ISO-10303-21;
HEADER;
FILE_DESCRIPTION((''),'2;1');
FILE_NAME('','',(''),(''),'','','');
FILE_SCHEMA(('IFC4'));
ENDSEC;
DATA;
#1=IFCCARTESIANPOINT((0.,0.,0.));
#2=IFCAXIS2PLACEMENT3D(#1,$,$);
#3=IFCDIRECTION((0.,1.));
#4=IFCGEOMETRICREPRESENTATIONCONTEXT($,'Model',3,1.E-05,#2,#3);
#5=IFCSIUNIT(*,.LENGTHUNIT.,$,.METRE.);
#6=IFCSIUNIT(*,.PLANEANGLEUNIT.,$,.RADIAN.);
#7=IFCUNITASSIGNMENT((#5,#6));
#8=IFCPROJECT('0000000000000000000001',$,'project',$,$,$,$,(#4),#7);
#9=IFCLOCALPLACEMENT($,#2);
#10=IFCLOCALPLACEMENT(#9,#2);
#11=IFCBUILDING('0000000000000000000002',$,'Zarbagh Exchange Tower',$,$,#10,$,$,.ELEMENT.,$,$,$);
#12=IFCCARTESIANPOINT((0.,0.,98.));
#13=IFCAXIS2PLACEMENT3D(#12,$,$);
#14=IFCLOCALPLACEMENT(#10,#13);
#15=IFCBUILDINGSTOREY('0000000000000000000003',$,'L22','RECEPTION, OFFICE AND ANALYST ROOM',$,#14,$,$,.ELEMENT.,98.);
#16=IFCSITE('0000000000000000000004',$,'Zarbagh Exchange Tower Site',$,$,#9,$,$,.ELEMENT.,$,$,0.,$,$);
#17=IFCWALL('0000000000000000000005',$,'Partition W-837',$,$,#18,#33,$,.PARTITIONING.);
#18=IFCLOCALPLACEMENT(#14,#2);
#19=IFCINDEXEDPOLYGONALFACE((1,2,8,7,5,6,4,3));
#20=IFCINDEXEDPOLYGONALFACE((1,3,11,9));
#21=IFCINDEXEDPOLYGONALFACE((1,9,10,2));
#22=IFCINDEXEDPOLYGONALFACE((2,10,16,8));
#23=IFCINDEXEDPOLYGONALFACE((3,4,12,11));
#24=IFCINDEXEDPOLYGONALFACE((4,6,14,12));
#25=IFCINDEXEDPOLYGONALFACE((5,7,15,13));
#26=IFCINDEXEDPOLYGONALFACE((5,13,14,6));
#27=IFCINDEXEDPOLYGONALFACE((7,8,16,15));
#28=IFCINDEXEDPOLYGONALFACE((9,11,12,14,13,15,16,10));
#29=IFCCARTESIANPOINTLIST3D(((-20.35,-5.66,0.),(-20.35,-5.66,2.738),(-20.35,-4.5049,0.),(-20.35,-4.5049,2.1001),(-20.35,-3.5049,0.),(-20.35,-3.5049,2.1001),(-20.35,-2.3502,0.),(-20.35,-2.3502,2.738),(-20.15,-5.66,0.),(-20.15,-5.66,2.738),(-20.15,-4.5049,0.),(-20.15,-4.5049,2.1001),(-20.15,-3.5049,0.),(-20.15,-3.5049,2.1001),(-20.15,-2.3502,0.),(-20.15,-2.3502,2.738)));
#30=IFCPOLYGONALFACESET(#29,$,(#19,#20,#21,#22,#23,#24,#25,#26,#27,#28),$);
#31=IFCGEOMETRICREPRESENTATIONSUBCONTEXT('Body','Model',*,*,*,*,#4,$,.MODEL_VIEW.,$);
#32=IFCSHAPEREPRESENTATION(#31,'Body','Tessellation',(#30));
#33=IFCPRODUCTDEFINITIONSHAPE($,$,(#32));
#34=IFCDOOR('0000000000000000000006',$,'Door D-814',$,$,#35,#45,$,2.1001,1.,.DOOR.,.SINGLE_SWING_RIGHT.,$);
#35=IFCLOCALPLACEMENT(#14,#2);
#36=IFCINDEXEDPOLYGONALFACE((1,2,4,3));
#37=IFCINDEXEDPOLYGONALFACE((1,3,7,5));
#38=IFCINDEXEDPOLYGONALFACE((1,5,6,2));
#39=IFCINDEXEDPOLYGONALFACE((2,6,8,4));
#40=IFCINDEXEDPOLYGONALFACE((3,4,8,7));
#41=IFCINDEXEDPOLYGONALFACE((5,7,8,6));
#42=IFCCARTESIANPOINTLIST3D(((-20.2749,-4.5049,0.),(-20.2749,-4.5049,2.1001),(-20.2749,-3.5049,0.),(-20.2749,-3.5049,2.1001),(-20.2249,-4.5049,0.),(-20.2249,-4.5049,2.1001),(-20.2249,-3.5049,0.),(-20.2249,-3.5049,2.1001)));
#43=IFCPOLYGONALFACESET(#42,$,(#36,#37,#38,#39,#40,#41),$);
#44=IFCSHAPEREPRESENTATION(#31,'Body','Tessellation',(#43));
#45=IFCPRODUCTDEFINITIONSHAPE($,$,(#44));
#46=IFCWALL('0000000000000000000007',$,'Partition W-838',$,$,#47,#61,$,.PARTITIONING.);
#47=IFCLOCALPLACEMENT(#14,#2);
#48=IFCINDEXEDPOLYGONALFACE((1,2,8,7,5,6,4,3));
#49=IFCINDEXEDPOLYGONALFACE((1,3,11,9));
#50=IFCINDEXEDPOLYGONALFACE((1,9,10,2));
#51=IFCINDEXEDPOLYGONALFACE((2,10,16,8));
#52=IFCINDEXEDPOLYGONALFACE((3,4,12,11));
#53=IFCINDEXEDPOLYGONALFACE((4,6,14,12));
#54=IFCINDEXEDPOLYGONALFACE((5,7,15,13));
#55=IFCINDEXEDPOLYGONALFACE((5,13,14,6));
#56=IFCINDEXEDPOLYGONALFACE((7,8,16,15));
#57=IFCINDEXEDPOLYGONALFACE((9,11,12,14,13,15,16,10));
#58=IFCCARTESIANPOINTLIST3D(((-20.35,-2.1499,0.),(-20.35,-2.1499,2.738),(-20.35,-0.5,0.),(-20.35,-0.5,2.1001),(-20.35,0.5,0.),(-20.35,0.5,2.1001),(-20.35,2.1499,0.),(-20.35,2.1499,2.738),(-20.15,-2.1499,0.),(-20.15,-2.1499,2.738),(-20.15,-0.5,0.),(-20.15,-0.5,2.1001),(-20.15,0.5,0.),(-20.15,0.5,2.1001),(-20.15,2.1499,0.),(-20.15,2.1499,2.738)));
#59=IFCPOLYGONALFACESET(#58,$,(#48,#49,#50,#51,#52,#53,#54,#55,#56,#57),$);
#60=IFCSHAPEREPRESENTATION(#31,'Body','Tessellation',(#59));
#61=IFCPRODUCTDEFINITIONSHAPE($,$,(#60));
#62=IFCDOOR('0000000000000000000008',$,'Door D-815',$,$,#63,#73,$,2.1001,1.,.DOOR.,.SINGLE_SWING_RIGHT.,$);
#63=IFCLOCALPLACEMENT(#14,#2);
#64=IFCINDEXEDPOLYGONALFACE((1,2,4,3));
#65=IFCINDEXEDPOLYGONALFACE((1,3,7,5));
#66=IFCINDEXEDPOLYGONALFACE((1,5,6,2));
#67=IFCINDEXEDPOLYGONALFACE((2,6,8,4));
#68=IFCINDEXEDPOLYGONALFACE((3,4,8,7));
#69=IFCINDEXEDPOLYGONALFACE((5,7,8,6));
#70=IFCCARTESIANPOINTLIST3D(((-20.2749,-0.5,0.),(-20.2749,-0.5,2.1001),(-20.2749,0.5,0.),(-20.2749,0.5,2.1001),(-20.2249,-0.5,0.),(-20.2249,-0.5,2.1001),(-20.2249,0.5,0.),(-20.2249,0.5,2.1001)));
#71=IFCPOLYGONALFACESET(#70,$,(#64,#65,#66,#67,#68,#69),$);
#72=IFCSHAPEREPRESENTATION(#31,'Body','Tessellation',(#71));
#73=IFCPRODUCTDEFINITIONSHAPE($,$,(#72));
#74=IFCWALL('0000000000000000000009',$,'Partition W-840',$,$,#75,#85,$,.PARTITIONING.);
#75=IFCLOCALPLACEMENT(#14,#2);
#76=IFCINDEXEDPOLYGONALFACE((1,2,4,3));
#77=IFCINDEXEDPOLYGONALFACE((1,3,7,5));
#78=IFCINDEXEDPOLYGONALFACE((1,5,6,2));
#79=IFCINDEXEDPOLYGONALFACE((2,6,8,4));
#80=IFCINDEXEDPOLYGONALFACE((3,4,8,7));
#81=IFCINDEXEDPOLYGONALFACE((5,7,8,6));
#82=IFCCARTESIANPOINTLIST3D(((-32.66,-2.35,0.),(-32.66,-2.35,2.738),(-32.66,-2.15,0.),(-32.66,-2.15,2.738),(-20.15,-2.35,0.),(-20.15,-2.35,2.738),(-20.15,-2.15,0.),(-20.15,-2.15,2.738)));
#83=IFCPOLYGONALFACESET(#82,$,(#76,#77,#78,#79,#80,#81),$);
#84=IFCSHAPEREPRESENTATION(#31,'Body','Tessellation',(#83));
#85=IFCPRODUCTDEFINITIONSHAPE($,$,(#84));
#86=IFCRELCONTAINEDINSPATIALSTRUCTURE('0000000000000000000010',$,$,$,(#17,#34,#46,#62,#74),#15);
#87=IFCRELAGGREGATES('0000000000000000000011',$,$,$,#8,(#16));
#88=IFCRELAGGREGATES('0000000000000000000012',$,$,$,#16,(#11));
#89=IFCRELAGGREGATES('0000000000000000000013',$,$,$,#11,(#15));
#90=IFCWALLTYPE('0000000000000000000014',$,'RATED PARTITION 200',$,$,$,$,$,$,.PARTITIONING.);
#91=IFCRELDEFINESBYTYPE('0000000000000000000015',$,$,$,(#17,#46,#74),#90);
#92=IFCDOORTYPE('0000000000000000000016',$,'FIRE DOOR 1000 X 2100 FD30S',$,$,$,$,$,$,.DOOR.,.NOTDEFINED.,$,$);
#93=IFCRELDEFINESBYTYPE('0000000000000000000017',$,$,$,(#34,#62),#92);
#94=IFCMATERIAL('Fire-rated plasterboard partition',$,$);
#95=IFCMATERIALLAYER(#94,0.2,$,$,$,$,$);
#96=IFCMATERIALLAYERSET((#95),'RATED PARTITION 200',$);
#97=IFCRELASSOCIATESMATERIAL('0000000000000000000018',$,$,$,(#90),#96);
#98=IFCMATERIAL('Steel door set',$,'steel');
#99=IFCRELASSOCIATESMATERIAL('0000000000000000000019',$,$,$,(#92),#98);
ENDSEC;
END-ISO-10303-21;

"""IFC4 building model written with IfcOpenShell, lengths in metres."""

from ifc_helpers import new_model, si_unit, direction, frame, frame_2d, origin, place, context, subcontext, project, spatial, rectangle, extrude, material, layer, layer_set, type_object, element, fill, save


model = new_model("IFC4")

# Units and contexts
model_context = context("Model", 3, precision=1e-05, world=origin(), true_north=direction((0.0, 1.0)))
body_context = subcontext(model_context, "Body", "Model", "MODEL_VIEW")
ifc_project = project(units=[si_unit("LENGTHUNIT", "METRE"), si_unit("PLANEANGLEUNIT", "RADIAN")], contexts=[model_context])

# Site, building, storey
site_placement = place(None, origin())
site = spatial("IfcSite", under=ifc_project, at=site_placement, Name="Zarbagh Exchange Tower Site", CompositionType="ELEMENT", RefElevation=0.0)
building_placement = place(site_placement, origin())
building = spatial("IfcBuilding", under=site, at=building_placement, Name="Zarbagh Exchange Tower", CompositionType="ELEMENT")
storey_placement = place(building_placement, frame((0.0, 0.0, 98.0)))
storey = spatial("IfcBuildingStorey", under=building, at=storey_placement, Name="L22", Description="RECEPTION, OFFICE AND ANALYST ROOM", CompositionType="ELEMENT", Elevation=98.0)

# Shared definitions
ifc_material_1 = material(Name="Fire-rated plasterboard partition")
ifc_layer = layer(ifc_material_1, 0.2)
ifc_layer_set = layer_set([ifc_layer], Name="RATED PARTITION 200")
wall_type = type_object("IfcWallType", Name="RATED PARTITION 200", PredefinedType="PARTITIONING", material=ifc_layer_set)

# Shared definitions
ifc_material_2 = material(Name="Steel door set", Category="steel")
door_type = type_object("IfcDoorType", Name="FIRE DOOR 1000 X 2100 FD30S", OperationType="NOTDEFINED", PredefinedType="DOOR", material=ifc_material_2)

# Walls, openings, doors
wall_1_placement = place(storey_placement, frame((-20.25, -5.6599, 0.0), z_axis=(0.0, 0.0, 1.0), x_axis=(0.0, 1.0, 0.0)))
wall_1 = element("IfcWall", 1, at=wall_1_placement, inside=storey, type_object=wall_type, Name="Partition W-837", PredefinedType="PARTITIONING", context=body_context, shape_type="SweptSolid", body=[
    extrude(rectangle(XDim=3.3098, YDim=0.2, at=frame_2d((1.6548, 0.0))), origin(), (0.0, 0.0, 1.0), 2.738),
])
opening_1_placement = place(wall_1_placement, frame((1.155, 0.0, 0.0)))
opening_1 = element("IfcOpeningElement", 2, at=opening_1_placement, cuts=wall_1, PredefinedType="OPENING", context=body_context, shape_type="SweptSolid", body=[
    extrude(rectangle(XDim=1.0, YDim=2.1001, at=frame_2d((0.5, 1.05))), frame((0.0, 0.1099, 0.0), z_axis=(0.0, -1.0, 0.0), x_axis=(1.0, 0.0, 0.0)), (0.0, 0.0, 1.0), 0.22),
])
door_1_placement = place(opening_1_placement, origin())
door_1 = element("IfcDoor", 3, at=door_1_placement, inside=storey, type_object=door_type, Name="Door D-814", OperationType="SINGLE_SWING_RIGHT", OverallHeight=2.1001, OverallWidth=1.0, PredefinedType="DOOR", context=body_context, shape_type="SweptSolid", body=[
    extrude(rectangle(XDim=1.0, YDim=2.1001, at=frame_2d((0.5, 1.05))), frame((0.0, 0.0249, 0.0), z_axis=(0.0, -1.0, 0.0), x_axis=(1.0, 0.0, 0.0)), (0.0, 0.0, 1.0), 0.05),
])
fill(opening_1, door_1)
wall_2_placement = place(storey_placement, frame((-20.25, -2.1499, 0.0), z_axis=(0.0, 0.0, 1.0), x_axis=(0.0, 1.0, 0.0)))
wall_2 = element("IfcWall", 4, at=wall_2_placement, inside=storey, type_object=wall_type, Name="Partition W-838", PredefinedType="PARTITIONING", context=body_context, shape_type="SweptSolid", body=[
    extrude(rectangle(XDim=4.2998, YDim=0.2, at=frame_2d((2.1499, 0.0))), origin(), (0.0, 0.0, 1.0), 2.738),
])
opening_2_placement = place(wall_2_placement, frame((1.6499, 0.0, 0.0)))
opening_2 = element("IfcOpeningElement", 5, at=opening_2_placement, cuts=wall_2, PredefinedType="OPENING", context=body_context, shape_type="SweptSolid", body=[
    extrude(rectangle(XDim=1.0, YDim=2.1001, at=frame_2d((0.5, 1.05))), frame((0.0, 0.1099, 0.0), z_axis=(0.0, -1.0, 0.0), x_axis=(1.0, 0.0, 0.0)), (0.0, 0.0, 1.0), 0.22),
])
door_2_placement = place(opening_2_placement, origin())
door_2 = element("IfcDoor", 6, at=door_2_placement, inside=storey, type_object=door_type, Name="Door D-815", OperationType="SINGLE_SWING_RIGHT", OverallHeight=2.1001, OverallWidth=1.0, PredefinedType="DOOR", context=body_context, shape_type="SweptSolid", body=[
    extrude(rectangle(XDim=1.0, YDim=2.1001, at=frame_2d((0.5, 1.05))), frame((0.0, 0.0249, 0.0), z_axis=(0.0, -1.0, 0.0), x_axis=(1.0, 0.0, 0.0)), (0.0, 0.0, 1.0), 0.05),
])
fill(opening_2, door_2)

# Wall
wall_3_placement = place(storey_placement, frame((-32.6599, -2.25, 0.0), z_axis=(0.0, 0.0, 1.0), x_axis=(1.0, 0.0, 0.0)))
element("IfcWall", 7, at=wall_3_placement, inside=storey, type_object=wall_type, Name="Partition W-840", PredefinedType="PARTITIONING", context=body_context, shape_type="SweptSolid", body=[
    extrude(rectangle(XDim=12.51, YDim=0.2, at=frame_2d((6.2549, 0.0))), origin(), (0.0, 0.0, 1.0), 2.738),
])

save(model, "model.ifc")
